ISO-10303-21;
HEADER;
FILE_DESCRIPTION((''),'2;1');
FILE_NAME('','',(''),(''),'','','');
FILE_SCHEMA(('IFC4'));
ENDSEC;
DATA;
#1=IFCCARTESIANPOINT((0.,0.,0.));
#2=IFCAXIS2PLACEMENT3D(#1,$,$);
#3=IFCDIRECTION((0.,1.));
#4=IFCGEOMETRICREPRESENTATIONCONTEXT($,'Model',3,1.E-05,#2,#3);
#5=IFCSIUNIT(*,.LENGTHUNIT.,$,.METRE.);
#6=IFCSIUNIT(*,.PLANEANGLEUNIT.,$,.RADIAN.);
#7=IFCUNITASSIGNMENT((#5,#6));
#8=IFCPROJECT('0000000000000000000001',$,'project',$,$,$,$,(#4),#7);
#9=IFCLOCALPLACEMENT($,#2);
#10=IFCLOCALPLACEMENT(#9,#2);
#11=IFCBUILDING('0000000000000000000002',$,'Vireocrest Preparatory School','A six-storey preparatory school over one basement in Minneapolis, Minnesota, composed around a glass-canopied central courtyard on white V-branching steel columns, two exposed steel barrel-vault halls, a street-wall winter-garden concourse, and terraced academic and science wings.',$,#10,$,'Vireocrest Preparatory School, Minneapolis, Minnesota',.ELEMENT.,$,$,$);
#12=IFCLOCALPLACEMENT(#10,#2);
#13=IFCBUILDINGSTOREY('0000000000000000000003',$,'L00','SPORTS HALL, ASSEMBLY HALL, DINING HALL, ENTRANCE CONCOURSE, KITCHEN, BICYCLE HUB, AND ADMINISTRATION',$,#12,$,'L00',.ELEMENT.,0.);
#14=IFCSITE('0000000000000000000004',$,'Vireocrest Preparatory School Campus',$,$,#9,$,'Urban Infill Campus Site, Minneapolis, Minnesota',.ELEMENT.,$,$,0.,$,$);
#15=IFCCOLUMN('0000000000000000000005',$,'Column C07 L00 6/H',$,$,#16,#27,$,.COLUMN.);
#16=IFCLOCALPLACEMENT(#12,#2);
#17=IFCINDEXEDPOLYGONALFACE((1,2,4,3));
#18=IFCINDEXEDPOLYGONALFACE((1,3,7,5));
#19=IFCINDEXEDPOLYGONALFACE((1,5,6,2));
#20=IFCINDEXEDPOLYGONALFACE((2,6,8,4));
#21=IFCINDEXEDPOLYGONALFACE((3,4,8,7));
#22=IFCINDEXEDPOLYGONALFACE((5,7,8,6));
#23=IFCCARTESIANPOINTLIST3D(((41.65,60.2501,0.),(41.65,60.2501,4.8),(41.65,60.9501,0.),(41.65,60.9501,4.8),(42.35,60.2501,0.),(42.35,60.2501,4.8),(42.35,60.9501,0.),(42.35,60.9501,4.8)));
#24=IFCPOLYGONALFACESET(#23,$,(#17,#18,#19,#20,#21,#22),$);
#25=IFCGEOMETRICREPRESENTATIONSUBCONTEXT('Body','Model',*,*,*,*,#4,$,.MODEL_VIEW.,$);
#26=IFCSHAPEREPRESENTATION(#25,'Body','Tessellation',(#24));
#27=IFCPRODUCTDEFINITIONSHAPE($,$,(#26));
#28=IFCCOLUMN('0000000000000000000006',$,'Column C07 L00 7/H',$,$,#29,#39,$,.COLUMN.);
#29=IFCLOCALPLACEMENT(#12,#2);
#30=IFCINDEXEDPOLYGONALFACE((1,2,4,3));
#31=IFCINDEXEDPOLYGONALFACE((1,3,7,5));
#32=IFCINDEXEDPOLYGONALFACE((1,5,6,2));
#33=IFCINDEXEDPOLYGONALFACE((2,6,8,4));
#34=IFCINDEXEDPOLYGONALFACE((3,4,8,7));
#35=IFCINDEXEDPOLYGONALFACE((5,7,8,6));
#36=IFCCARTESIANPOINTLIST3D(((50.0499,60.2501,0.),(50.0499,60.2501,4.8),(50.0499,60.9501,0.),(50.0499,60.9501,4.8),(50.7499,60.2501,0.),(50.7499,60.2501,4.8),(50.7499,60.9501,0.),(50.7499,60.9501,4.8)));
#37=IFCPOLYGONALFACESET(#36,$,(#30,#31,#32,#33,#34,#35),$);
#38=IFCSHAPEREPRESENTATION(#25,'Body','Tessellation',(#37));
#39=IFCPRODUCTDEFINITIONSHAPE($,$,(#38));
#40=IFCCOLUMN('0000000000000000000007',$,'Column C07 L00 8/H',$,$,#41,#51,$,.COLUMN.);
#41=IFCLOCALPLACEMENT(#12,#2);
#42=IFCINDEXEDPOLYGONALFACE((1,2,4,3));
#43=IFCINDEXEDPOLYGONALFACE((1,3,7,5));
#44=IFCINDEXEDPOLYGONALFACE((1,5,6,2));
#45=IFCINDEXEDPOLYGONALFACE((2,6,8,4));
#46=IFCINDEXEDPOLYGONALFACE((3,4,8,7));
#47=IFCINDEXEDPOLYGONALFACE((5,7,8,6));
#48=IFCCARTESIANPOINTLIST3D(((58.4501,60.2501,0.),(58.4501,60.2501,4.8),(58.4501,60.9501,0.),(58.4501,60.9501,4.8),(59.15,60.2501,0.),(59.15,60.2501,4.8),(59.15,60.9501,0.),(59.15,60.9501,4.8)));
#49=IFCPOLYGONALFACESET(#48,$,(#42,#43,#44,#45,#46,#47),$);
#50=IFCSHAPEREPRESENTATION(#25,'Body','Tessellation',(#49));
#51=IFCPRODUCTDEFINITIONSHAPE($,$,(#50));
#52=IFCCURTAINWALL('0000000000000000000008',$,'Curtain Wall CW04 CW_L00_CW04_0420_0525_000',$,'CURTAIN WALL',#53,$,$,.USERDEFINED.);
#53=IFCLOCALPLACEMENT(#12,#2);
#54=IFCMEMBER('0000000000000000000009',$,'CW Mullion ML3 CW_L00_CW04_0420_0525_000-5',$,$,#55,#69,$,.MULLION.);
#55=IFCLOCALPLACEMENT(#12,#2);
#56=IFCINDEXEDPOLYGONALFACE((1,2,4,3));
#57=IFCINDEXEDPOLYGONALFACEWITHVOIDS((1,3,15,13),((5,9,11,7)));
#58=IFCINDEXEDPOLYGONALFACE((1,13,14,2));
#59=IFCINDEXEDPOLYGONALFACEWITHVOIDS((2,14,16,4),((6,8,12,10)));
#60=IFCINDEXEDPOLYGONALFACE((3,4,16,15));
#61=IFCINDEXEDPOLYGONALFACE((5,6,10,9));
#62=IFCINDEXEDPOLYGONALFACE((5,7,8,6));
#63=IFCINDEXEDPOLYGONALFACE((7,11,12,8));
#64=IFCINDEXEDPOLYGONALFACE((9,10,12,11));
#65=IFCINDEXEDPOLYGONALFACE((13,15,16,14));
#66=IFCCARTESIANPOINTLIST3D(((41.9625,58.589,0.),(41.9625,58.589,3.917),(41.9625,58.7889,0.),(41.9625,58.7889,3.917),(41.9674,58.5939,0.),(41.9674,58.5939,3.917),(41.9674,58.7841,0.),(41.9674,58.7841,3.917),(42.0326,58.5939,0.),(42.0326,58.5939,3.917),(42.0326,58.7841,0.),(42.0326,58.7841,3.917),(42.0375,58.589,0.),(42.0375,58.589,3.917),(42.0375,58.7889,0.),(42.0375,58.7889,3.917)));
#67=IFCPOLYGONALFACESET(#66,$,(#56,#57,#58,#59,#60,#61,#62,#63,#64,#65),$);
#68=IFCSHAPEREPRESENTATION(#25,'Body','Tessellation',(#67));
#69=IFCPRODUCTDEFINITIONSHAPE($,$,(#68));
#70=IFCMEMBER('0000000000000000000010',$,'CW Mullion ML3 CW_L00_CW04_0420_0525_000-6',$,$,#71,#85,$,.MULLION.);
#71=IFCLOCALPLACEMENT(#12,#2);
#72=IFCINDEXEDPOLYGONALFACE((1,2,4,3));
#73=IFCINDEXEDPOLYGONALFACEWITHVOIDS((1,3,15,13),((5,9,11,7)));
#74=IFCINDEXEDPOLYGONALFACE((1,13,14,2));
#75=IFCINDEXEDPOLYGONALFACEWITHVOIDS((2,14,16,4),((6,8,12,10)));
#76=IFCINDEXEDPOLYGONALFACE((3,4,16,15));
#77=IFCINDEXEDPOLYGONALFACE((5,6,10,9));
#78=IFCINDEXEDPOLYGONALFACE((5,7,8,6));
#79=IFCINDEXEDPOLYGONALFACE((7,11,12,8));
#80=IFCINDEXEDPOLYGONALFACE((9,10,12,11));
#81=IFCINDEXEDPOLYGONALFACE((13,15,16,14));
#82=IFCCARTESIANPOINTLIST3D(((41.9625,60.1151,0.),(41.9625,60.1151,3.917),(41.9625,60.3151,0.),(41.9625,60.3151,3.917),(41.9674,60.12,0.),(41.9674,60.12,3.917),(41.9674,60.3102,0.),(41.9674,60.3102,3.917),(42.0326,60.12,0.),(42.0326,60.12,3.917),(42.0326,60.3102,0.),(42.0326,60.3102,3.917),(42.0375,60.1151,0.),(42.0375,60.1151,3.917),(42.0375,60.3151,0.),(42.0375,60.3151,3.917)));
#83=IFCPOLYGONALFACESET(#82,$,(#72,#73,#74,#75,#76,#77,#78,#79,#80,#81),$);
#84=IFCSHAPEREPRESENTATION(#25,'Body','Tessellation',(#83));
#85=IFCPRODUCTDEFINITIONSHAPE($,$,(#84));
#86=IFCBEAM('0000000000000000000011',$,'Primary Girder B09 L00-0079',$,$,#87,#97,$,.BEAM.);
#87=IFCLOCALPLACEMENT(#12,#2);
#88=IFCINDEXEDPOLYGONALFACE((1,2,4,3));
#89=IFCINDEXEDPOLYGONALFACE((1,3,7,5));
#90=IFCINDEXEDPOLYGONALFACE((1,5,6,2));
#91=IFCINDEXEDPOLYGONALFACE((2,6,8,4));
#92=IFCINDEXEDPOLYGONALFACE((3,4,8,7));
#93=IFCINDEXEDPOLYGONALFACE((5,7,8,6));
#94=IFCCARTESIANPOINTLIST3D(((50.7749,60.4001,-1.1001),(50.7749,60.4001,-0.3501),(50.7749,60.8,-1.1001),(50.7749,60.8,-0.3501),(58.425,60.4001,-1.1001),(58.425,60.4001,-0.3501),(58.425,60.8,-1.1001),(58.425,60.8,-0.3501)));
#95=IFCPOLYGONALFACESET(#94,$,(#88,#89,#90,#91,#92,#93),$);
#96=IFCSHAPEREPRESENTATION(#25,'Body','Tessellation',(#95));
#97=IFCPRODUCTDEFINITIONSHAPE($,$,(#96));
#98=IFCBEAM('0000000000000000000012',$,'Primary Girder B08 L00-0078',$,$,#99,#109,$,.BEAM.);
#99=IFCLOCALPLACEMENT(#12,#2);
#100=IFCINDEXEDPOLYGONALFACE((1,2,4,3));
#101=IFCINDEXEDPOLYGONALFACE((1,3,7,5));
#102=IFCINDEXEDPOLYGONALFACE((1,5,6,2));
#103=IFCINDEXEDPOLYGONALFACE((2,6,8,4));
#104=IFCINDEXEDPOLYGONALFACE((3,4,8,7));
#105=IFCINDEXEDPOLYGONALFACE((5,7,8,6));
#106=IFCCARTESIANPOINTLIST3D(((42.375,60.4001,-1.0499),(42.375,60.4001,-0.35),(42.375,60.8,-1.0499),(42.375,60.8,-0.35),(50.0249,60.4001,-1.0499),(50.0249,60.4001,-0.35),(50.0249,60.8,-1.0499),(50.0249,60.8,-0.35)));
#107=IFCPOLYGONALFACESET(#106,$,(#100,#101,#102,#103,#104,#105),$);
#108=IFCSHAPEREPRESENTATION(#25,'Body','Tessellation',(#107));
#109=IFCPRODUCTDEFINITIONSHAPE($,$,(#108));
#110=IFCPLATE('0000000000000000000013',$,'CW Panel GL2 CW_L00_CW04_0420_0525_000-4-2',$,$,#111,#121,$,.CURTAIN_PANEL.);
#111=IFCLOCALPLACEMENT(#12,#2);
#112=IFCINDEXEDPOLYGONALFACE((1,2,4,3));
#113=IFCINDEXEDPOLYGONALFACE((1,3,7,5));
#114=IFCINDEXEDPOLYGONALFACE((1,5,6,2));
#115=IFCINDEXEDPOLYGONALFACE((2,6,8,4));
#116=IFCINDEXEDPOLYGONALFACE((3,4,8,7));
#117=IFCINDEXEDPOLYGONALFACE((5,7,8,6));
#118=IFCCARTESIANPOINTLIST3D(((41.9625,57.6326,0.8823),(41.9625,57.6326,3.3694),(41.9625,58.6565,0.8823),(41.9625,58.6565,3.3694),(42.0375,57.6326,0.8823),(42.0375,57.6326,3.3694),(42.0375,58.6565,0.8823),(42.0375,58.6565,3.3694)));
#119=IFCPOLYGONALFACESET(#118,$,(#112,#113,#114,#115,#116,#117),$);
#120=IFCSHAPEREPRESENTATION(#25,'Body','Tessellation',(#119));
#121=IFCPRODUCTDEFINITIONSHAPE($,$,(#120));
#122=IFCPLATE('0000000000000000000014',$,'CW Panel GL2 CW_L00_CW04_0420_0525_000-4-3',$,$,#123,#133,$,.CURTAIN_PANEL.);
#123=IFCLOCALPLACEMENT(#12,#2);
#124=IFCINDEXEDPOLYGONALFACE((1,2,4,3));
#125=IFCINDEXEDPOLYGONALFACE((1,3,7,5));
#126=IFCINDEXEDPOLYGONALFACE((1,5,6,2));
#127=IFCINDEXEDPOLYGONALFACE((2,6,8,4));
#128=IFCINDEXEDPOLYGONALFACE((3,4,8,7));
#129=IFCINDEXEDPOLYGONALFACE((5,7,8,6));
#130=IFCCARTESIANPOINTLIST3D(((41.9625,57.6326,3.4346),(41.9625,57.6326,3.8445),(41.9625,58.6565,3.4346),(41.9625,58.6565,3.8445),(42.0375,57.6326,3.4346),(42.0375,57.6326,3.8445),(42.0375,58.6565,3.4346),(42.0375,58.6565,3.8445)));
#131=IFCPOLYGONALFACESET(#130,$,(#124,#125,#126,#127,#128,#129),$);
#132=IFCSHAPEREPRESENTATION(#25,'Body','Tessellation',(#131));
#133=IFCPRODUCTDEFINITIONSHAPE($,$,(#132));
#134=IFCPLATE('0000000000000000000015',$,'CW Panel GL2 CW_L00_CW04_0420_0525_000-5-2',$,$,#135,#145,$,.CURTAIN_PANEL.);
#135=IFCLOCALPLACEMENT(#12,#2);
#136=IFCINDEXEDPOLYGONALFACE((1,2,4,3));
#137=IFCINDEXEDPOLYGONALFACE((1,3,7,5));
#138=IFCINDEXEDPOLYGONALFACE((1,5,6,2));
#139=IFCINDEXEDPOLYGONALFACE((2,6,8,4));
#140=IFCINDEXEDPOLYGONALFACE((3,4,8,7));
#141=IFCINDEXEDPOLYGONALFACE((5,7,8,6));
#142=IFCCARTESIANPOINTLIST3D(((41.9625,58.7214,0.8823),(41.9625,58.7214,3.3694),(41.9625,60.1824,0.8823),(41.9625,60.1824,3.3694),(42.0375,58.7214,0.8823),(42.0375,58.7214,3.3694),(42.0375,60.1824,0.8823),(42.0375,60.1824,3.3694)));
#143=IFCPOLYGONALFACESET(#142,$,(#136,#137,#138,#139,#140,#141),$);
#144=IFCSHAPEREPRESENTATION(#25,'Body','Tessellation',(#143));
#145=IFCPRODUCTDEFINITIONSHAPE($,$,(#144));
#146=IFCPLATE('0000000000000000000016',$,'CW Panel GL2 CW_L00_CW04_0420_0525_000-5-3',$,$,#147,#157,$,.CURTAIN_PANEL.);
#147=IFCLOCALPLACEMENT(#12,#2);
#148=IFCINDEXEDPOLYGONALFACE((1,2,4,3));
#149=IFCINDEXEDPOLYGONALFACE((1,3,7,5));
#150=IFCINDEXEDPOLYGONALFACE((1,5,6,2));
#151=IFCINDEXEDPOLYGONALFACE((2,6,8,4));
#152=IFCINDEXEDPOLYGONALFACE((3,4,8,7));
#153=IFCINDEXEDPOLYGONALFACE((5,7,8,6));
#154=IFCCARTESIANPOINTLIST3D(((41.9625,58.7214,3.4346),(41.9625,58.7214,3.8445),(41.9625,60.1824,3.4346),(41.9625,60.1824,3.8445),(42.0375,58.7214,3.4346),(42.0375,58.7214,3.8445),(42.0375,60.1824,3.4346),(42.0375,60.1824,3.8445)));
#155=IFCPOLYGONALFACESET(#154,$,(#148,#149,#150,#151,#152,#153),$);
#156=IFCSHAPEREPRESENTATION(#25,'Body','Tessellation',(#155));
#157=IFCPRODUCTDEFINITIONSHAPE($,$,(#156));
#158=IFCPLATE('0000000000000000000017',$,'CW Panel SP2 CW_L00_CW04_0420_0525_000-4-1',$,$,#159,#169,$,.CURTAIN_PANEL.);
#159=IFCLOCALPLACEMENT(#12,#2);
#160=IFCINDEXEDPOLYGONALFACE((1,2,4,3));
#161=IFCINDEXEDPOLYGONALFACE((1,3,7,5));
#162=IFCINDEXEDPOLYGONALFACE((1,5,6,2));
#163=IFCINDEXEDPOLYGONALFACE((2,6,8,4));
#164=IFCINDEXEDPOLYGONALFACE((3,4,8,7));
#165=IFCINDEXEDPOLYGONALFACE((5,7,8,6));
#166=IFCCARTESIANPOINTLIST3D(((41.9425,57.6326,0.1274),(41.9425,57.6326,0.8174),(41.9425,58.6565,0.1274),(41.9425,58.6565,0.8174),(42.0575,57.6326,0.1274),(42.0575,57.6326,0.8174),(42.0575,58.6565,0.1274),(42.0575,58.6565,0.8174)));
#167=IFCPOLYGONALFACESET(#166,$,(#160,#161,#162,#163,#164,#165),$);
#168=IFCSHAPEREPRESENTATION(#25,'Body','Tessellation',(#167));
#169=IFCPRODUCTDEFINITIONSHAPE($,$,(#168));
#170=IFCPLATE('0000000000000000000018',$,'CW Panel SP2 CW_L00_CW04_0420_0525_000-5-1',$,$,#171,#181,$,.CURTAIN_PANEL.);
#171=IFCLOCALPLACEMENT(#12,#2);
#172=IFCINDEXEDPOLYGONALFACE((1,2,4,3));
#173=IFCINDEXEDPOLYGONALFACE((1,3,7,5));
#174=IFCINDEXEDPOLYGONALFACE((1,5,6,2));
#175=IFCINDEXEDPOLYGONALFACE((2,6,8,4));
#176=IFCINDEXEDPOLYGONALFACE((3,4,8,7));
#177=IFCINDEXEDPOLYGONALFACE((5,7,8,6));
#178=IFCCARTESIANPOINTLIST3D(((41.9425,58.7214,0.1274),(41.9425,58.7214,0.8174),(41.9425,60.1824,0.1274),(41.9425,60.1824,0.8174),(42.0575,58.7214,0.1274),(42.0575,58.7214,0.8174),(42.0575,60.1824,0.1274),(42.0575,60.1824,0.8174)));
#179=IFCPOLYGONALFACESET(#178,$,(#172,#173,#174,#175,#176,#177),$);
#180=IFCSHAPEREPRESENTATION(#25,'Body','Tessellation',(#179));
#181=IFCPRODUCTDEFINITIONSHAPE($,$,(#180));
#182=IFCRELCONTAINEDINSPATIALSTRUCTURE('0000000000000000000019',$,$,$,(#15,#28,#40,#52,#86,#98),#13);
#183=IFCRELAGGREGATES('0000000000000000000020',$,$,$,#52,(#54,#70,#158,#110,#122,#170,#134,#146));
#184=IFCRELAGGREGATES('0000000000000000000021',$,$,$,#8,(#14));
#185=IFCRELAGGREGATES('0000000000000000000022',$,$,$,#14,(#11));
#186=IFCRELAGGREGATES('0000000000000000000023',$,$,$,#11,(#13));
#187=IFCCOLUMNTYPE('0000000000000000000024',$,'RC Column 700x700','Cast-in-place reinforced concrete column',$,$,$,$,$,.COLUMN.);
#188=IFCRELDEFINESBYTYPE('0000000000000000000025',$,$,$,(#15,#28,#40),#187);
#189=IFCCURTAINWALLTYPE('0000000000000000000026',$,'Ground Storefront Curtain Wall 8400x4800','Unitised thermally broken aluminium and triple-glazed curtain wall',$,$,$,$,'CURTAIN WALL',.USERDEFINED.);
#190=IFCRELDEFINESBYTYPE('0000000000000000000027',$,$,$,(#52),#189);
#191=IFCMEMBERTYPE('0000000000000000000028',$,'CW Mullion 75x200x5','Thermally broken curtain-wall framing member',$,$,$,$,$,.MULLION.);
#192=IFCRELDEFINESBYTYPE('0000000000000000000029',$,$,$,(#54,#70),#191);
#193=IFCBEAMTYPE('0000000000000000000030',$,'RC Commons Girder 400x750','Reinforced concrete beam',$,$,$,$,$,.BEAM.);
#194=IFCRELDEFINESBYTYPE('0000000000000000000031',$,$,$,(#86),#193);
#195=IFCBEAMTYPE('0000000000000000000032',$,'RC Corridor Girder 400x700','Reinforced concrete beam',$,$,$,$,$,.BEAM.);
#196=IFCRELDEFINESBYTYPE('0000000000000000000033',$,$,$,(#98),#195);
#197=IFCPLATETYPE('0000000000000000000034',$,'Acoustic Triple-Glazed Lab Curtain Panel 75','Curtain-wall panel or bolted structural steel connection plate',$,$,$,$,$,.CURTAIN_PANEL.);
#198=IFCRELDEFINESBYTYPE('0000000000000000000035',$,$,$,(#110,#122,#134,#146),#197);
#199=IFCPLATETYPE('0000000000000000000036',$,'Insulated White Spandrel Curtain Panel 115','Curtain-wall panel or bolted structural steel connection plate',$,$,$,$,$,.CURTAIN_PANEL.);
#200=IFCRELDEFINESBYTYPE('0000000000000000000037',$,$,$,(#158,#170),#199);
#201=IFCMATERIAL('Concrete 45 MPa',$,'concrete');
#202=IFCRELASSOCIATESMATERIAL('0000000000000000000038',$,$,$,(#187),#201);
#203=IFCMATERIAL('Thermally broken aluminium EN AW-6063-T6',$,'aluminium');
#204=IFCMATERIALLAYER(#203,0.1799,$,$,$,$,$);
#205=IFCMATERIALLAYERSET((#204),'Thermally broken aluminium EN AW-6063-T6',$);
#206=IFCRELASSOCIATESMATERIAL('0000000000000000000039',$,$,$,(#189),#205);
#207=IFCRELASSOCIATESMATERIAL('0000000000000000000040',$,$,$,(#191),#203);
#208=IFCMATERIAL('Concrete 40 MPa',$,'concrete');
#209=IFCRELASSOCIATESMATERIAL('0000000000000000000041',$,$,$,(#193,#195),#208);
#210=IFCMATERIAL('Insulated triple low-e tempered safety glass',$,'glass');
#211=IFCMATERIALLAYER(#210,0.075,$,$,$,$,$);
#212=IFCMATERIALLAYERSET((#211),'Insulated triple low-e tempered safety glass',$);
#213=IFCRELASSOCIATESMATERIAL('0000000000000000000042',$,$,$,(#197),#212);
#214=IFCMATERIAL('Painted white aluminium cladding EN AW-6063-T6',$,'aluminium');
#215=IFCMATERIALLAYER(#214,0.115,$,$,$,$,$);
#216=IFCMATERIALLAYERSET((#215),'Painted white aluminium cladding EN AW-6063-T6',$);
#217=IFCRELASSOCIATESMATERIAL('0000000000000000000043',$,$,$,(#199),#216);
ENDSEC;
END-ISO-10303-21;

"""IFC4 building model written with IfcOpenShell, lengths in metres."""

from ifc_helpers import new_model, si_unit, direction, frame, origin, origin_2d, place, context, subcontext, project, spatial, rectangle, hollow_rectangle, extrude, material, layer, layer_set, material_profile, profile_set, type_object, element, aggregate, save


model = new_model("IFC4")

# Units and contexts
model_context = context("Model", 3, precision=1e-05, world=origin(), true_north=direction((0.0, 1.0)))
body_context = subcontext(model_context, "Body", "Model", "MODEL_VIEW")
ifc_project = project(units=[si_unit("LENGTHUNIT", "METRE"), si_unit("PLANEANGLEUNIT", "RADIAN")], contexts=[model_context])

# Site, building, storey
site_placement = place(None, origin())
site = spatial("IfcSite", under=ifc_project, at=site_placement, Name="Vireocrest Preparatory School Campus", LongName="Urban Infill Campus Site, Minneapolis, Minnesota", CompositionType="ELEMENT", RefElevation=0.0)
building_placement = place(site_placement, origin())
building = spatial("IfcBuilding", under=site, at=building_placement, Name="Vireocrest Preparatory School", Description="A six-storey preparatory school over one basement in Minneapolis, Minnesota, composed around a glass-canopied central courtyard on white V-branching steel columns, two exposed steel barrel-vault halls, a street-wall winter-garden concourse, and terraced academic and science wings.", LongName="Vireocrest Preparatory School, Minneapolis, Minnesota", CompositionType="ELEMENT")
storey_placement = place(building_placement, origin())
storey = spatial("IfcBuildingStorey", under=building, at=storey_placement, Name="L00", Description="SPORTS HALL, ASSEMBLY HALL, DINING HALL, ENTRANCE CONCOURSE, KITCHEN, BICYCLE HUB, AND ADMINISTRATION", LongName="L00", CompositionType="ELEMENT", Elevation=0.0)

# Columns
ifc_material_1 = material(Name="Concrete 45 MPa", Category="concrete")
ifc_material_profile_1 = material_profile(ifc_material_1, rectangle(XDim=0.7, YDim=0.7, at=origin_2d()), Name="RC 700x700")
ifc_profile_set_1 = profile_set([ifc_material_profile_1], Name="Concrete 45 MPa")
column_type = type_object("IfcColumnType", Name="RC Column 700x700", Description="Cast-in-place reinforced concrete column", PredefinedType="COLUMN", material=ifc_profile_set_1)
for number, where, z_axis, x_axis, name in (
    (1, (42.0, 60.6001, 0.0), (0.0, 0.0, 1.0), (1.0, 0.0, 0.0), "Column C07 L00 6/H"),
    (2, (50.3999, 60.6001, 0.0), (0.0, 0.0, 1.0), (1.0, 0.0, 0.0), "Column C07 L00 7/H"),
    (3, (58.8, 60.6001, 0.0), (0.0, 0.0, 1.0), (1.0, 0.0, 0.0), "Column C07 L00 8/H"),
):
    element("IfcColumn", number, at=place(storey_placement, frame(where, z_axis=z_axis, x_axis=x_axis)), inside=storey, type_object=column_type, Name=name, PredefinedType="COLUMN", context=body_context, shape_type="SweptSolid", body=[
        extrude(rectangle(XDim=0.7, YDim=0.7, at=origin_2d()), origin(), (0.0, 0.0, 1.0), 4.8),
    ])

# Curtain wall, members
ifc_material_2 = material(Name="Thermally broken aluminium EN AW-6063-T6", Category="aluminium")
ifc_layer_1 = layer(ifc_material_2, 0.1799)
ifc_layer_set_1 = layer_set([ifc_layer_1], Name="Thermally broken aluminium EN AW-6063-T6")
curtain_wall_type = type_object("IfcCurtainWallType", Name="Ground Storefront Curtain Wall 8400x4800", Description="Unitised thermally broken aluminium and triple-glazed curtain wall", ElementType="CURTAIN WALL", PredefinedType="USERDEFINED", material=ifc_layer_set_1)
curtain_wall_placement = place(storey_placement, origin())
curtain_wall = element("IfcCurtainWall", 4, at=curtain_wall_placement, inside=storey, type_object=curtain_wall_type, Name="Curtain Wall CW04 CW_L00_CW04_0420_0525_000", ObjectType="CURTAIN WALL", PredefinedType="USERDEFINED")
ifc_material_profile_2 = material_profile(ifc_material_2, hollow_rectangle(XDim=0.075, YDim=0.2, WallThickness=0.0049, at=origin_2d()), Name="ALU 75x200x5")
ifc_profile_set_2 = profile_set([ifc_material_profile_2], Name="Thermally broken aluminium EN AW-6063-T6")
member_type = type_object("IfcMemberType", Name="CW Mullion 75x200x5", Description="Thermally broken curtain-wall framing member", PredefinedType="MULLION", material=ifc_profile_set_2)
member_1_placement = place(storey_placement, frame((42.0, 58.689, 0.0), z_axis=(0.0, 0.0, 1.0), x_axis=(1.0, 0.0, 0.0)))
member_1 = element("IfcMember", 5, at=member_1_placement, type_object=member_type, Name="CW Mullion ML3 CW_L00_CW04_0420_0525_000-5", PredefinedType="MULLION", context=body_context, shape_type="SweptSolid", body=[
    extrude(hollow_rectangle(XDim=0.075, YDim=0.2, WallThickness=0.0049, at=origin_2d()), origin(), (0.0, 0.0, 1.0), 3.917),
])
member_2_placement = place(storey_placement, frame((42.0, 60.2151, 0.0), z_axis=(0.0, 0.0, 1.0), x_axis=(1.0, 0.0, 0.0)))
member_2 = element("IfcMember", 6, at=member_2_placement, type_object=member_type, Name="CW Mullion ML3 CW_L00_CW04_0420_0525_000-6", PredefinedType="MULLION", context=body_context, shape_type="SweptSolid", body=[
    extrude(hollow_rectangle(XDim=0.075, YDim=0.2, WallThickness=0.0049, at=origin_2d()), origin(), (0.0, 0.0, 1.0), 3.917),
])

# Beams
ifc_material_3 = material(Name="Concrete 40 MPa", Category="concrete")
ifc_material_profile_3 = material_profile(ifc_material_3, rectangle(XDim=0.3999, YDim=0.75, at=origin_2d()), Name="RC 400x750")
ifc_profile_set_3 = profile_set([ifc_material_profile_3], Name="Concrete 40 MPa")
beam_type_1 = type_object("IfcBeamType", Name="RC Commons Girder 400x750", Description="Reinforced concrete beam", PredefinedType="BEAM", material=ifc_profile_set_3)
beam_1_placement = place(storey_placement, frame((50.7749, 60.6001, -0.7251), z_axis=(1.0, 0.0, 0.0), x_axis=(0.0, 1.0, 0.0)))
element("IfcBeam", 7, at=beam_1_placement, inside=storey, type_object=beam_type_1, Name="Primary Girder B09 L00-0079", PredefinedType="BEAM", context=body_context, shape_type="SweptSolid", body=[
    extrude(rectangle(XDim=0.3999, YDim=0.75, at=origin_2d()), origin(), (0.0, 0.0, 1.0), 7.6501),
])
ifc_material_profile_4 = material_profile(ifc_material_3, rectangle(XDim=0.3999, YDim=0.7, at=origin_2d()), Name="RC 400x700")
ifc_profile_set_4 = profile_set([ifc_material_profile_4], Name="Concrete 40 MPa")
beam_type_2 = type_object("IfcBeamType", Name="RC Corridor Girder 400x700", Description="Reinforced concrete beam", PredefinedType="BEAM", material=ifc_profile_set_4)
beam_2_placement = place(storey_placement, frame((42.375, 60.6001, -0.7), z_axis=(1.0, 0.0, 0.0), x_axis=(0.0, 1.0, 0.0)))
element("IfcBeam", 8, at=beam_2_placement, inside=storey, type_object=beam_type_2, Name="Primary Girder B08 L00-0078", PredefinedType="BEAM", context=body_context, shape_type="SweptSolid", body=[
    extrude(rectangle(XDim=0.3999, YDim=0.7, at=origin_2d()), origin(), (0.0, 0.0, 1.0), 7.6499),
])

# Plates
ifc_material_4 = material(Name="Insulated triple low-e tempered safety glass", Category="glass")
ifc_layer_2 = layer(ifc_material_4, 0.075)
ifc_layer_set_2 = layer_set([ifc_layer_2], Name="Insulated triple low-e tempered safety glass")
plate_type_1 = type_object("IfcPlateType", Name="Acoustic Triple-Glazed Lab Curtain Panel 75", Description="Curtain-wall panel or bolted structural steel connection plate", PredefinedType="CURTAIN_PANEL", material=ifc_layer_set_2)
plate_1_placement = place(storey_placement, frame((42.0, 58.1445, 0.8823), z_axis=(0.0, 0.0, 1.0), x_axis=(0.0, 1.0, 0.0)))
plate_1 = element("IfcPlate", 9, at=plate_1_placement, type_object=plate_type_1, Name="CW Panel GL2 CW_L00_CW04_0420_0525_000-4-2", PredefinedType="CURTAIN_PANEL", context=body_context, shape_type="SweptSolid", body=[
    extrude(rectangle(XDim=1.0239, YDim=0.075, at=origin_2d()), origin(), (0.0, 0.0, 1.0), 2.4871),
])
plate_2_placement = place(storey_placement, frame((42.0, 58.1445, 3.4346), z_axis=(0.0, 0.0, 1.0), x_axis=(0.0, 1.0, 0.0)))
plate_2 = element("IfcPlate", 10, at=plate_2_placement, type_object=plate_type_1, Name="CW Panel GL2 CW_L00_CW04_0420_0525_000-4-3", PredefinedType="CURTAIN_PANEL", context=body_context, shape_type="SweptSolid", body=[
    extrude(rectangle(XDim=1.0239, YDim=0.075, at=origin_2d()), origin(), (0.0, 0.0, 1.0), 0.4099),
])
plate_3_placement = place(storey_placement, frame((42.0, 59.4519, 0.8823), z_axis=(0.0, 0.0, 1.0), x_axis=(0.0, 1.0, 0.0)))
plate_3 = element("IfcPlate", 11, at=plate_3_placement, type_object=plate_type_1, Name="CW Panel GL2 CW_L00_CW04_0420_0525_000-5-2", PredefinedType="CURTAIN_PANEL", context=body_context, shape_type="SweptSolid", body=[
    extrude(rectangle(XDim=1.4609, YDim=0.075, at=origin_2d()), origin(), (0.0, 0.0, 1.0), 2.4871),
])
plate_4_placement = place(storey_placement, frame((42.0, 59.4519, 3.4346), z_axis=(0.0, 0.0, 1.0), x_axis=(0.0, 1.0, 0.0)))
plate_4 = element("IfcPlate", 12, at=plate_4_placement, type_object=plate_type_1, Name="CW Panel GL2 CW_L00_CW04_0420_0525_000-5-3", PredefinedType="CURTAIN_PANEL", context=body_context, shape_type="SweptSolid", body=[
    extrude(rectangle(XDim=1.4609, YDim=0.075, at=origin_2d()), origin(), (0.0, 0.0, 1.0), 0.4099),
])
ifc_material_5 = material(Name="Painted white aluminium cladding EN AW-6063-T6", Category="aluminium")
ifc_layer_3 = layer(ifc_material_5, 0.115)
ifc_layer_set_3 = layer_set([ifc_layer_3], Name="Painted white aluminium cladding EN AW-6063-T6")
plate_type_2 = type_object("IfcPlateType", Name="Insulated White Spandrel Curtain Panel 115", Description="Curtain-wall panel or bolted structural steel connection plate", PredefinedType="CURTAIN_PANEL", material=ifc_layer_set_3)
plate_5_placement = place(storey_placement, frame((42.0, 58.1445, 0.1274), z_axis=(0.0, 0.0, 1.0), x_axis=(0.0, 1.0, 0.0)))
plate_5 = element("IfcPlate", 13, at=plate_5_placement, type_object=plate_type_2, Name="CW Panel SP2 CW_L00_CW04_0420_0525_000-4-1", PredefinedType="CURTAIN_PANEL", context=body_context, shape_type="SweptSolid", body=[
    extrude(rectangle(XDim=1.0239, YDim=0.115, at=origin_2d()), origin(), (0.0, 0.0, 1.0), 0.6899),
])
plate_6_placement = place(storey_placement, frame((42.0, 59.4519, 0.1274), z_axis=(0.0, 0.0, 1.0), x_axis=(0.0, 1.0, 0.0)))
plate_6 = element("IfcPlate", 14, at=plate_6_placement, type_object=plate_type_2, Name="CW Panel SP2 CW_L00_CW04_0420_0525_000-5-1", PredefinedType="CURTAIN_PANEL", context=body_context, shape_type="SweptSolid", body=[
    extrude(rectangle(XDim=1.4609, YDim=0.115, at=origin_2d()), origin(), (0.0, 0.0, 1.0), 0.6899),
])
aggregate(curtain_wall, [member_1, member_2, plate_5, plate_1, plate_2, plate_6, plate_3, plate_4])

save(model, "model.ifc")
